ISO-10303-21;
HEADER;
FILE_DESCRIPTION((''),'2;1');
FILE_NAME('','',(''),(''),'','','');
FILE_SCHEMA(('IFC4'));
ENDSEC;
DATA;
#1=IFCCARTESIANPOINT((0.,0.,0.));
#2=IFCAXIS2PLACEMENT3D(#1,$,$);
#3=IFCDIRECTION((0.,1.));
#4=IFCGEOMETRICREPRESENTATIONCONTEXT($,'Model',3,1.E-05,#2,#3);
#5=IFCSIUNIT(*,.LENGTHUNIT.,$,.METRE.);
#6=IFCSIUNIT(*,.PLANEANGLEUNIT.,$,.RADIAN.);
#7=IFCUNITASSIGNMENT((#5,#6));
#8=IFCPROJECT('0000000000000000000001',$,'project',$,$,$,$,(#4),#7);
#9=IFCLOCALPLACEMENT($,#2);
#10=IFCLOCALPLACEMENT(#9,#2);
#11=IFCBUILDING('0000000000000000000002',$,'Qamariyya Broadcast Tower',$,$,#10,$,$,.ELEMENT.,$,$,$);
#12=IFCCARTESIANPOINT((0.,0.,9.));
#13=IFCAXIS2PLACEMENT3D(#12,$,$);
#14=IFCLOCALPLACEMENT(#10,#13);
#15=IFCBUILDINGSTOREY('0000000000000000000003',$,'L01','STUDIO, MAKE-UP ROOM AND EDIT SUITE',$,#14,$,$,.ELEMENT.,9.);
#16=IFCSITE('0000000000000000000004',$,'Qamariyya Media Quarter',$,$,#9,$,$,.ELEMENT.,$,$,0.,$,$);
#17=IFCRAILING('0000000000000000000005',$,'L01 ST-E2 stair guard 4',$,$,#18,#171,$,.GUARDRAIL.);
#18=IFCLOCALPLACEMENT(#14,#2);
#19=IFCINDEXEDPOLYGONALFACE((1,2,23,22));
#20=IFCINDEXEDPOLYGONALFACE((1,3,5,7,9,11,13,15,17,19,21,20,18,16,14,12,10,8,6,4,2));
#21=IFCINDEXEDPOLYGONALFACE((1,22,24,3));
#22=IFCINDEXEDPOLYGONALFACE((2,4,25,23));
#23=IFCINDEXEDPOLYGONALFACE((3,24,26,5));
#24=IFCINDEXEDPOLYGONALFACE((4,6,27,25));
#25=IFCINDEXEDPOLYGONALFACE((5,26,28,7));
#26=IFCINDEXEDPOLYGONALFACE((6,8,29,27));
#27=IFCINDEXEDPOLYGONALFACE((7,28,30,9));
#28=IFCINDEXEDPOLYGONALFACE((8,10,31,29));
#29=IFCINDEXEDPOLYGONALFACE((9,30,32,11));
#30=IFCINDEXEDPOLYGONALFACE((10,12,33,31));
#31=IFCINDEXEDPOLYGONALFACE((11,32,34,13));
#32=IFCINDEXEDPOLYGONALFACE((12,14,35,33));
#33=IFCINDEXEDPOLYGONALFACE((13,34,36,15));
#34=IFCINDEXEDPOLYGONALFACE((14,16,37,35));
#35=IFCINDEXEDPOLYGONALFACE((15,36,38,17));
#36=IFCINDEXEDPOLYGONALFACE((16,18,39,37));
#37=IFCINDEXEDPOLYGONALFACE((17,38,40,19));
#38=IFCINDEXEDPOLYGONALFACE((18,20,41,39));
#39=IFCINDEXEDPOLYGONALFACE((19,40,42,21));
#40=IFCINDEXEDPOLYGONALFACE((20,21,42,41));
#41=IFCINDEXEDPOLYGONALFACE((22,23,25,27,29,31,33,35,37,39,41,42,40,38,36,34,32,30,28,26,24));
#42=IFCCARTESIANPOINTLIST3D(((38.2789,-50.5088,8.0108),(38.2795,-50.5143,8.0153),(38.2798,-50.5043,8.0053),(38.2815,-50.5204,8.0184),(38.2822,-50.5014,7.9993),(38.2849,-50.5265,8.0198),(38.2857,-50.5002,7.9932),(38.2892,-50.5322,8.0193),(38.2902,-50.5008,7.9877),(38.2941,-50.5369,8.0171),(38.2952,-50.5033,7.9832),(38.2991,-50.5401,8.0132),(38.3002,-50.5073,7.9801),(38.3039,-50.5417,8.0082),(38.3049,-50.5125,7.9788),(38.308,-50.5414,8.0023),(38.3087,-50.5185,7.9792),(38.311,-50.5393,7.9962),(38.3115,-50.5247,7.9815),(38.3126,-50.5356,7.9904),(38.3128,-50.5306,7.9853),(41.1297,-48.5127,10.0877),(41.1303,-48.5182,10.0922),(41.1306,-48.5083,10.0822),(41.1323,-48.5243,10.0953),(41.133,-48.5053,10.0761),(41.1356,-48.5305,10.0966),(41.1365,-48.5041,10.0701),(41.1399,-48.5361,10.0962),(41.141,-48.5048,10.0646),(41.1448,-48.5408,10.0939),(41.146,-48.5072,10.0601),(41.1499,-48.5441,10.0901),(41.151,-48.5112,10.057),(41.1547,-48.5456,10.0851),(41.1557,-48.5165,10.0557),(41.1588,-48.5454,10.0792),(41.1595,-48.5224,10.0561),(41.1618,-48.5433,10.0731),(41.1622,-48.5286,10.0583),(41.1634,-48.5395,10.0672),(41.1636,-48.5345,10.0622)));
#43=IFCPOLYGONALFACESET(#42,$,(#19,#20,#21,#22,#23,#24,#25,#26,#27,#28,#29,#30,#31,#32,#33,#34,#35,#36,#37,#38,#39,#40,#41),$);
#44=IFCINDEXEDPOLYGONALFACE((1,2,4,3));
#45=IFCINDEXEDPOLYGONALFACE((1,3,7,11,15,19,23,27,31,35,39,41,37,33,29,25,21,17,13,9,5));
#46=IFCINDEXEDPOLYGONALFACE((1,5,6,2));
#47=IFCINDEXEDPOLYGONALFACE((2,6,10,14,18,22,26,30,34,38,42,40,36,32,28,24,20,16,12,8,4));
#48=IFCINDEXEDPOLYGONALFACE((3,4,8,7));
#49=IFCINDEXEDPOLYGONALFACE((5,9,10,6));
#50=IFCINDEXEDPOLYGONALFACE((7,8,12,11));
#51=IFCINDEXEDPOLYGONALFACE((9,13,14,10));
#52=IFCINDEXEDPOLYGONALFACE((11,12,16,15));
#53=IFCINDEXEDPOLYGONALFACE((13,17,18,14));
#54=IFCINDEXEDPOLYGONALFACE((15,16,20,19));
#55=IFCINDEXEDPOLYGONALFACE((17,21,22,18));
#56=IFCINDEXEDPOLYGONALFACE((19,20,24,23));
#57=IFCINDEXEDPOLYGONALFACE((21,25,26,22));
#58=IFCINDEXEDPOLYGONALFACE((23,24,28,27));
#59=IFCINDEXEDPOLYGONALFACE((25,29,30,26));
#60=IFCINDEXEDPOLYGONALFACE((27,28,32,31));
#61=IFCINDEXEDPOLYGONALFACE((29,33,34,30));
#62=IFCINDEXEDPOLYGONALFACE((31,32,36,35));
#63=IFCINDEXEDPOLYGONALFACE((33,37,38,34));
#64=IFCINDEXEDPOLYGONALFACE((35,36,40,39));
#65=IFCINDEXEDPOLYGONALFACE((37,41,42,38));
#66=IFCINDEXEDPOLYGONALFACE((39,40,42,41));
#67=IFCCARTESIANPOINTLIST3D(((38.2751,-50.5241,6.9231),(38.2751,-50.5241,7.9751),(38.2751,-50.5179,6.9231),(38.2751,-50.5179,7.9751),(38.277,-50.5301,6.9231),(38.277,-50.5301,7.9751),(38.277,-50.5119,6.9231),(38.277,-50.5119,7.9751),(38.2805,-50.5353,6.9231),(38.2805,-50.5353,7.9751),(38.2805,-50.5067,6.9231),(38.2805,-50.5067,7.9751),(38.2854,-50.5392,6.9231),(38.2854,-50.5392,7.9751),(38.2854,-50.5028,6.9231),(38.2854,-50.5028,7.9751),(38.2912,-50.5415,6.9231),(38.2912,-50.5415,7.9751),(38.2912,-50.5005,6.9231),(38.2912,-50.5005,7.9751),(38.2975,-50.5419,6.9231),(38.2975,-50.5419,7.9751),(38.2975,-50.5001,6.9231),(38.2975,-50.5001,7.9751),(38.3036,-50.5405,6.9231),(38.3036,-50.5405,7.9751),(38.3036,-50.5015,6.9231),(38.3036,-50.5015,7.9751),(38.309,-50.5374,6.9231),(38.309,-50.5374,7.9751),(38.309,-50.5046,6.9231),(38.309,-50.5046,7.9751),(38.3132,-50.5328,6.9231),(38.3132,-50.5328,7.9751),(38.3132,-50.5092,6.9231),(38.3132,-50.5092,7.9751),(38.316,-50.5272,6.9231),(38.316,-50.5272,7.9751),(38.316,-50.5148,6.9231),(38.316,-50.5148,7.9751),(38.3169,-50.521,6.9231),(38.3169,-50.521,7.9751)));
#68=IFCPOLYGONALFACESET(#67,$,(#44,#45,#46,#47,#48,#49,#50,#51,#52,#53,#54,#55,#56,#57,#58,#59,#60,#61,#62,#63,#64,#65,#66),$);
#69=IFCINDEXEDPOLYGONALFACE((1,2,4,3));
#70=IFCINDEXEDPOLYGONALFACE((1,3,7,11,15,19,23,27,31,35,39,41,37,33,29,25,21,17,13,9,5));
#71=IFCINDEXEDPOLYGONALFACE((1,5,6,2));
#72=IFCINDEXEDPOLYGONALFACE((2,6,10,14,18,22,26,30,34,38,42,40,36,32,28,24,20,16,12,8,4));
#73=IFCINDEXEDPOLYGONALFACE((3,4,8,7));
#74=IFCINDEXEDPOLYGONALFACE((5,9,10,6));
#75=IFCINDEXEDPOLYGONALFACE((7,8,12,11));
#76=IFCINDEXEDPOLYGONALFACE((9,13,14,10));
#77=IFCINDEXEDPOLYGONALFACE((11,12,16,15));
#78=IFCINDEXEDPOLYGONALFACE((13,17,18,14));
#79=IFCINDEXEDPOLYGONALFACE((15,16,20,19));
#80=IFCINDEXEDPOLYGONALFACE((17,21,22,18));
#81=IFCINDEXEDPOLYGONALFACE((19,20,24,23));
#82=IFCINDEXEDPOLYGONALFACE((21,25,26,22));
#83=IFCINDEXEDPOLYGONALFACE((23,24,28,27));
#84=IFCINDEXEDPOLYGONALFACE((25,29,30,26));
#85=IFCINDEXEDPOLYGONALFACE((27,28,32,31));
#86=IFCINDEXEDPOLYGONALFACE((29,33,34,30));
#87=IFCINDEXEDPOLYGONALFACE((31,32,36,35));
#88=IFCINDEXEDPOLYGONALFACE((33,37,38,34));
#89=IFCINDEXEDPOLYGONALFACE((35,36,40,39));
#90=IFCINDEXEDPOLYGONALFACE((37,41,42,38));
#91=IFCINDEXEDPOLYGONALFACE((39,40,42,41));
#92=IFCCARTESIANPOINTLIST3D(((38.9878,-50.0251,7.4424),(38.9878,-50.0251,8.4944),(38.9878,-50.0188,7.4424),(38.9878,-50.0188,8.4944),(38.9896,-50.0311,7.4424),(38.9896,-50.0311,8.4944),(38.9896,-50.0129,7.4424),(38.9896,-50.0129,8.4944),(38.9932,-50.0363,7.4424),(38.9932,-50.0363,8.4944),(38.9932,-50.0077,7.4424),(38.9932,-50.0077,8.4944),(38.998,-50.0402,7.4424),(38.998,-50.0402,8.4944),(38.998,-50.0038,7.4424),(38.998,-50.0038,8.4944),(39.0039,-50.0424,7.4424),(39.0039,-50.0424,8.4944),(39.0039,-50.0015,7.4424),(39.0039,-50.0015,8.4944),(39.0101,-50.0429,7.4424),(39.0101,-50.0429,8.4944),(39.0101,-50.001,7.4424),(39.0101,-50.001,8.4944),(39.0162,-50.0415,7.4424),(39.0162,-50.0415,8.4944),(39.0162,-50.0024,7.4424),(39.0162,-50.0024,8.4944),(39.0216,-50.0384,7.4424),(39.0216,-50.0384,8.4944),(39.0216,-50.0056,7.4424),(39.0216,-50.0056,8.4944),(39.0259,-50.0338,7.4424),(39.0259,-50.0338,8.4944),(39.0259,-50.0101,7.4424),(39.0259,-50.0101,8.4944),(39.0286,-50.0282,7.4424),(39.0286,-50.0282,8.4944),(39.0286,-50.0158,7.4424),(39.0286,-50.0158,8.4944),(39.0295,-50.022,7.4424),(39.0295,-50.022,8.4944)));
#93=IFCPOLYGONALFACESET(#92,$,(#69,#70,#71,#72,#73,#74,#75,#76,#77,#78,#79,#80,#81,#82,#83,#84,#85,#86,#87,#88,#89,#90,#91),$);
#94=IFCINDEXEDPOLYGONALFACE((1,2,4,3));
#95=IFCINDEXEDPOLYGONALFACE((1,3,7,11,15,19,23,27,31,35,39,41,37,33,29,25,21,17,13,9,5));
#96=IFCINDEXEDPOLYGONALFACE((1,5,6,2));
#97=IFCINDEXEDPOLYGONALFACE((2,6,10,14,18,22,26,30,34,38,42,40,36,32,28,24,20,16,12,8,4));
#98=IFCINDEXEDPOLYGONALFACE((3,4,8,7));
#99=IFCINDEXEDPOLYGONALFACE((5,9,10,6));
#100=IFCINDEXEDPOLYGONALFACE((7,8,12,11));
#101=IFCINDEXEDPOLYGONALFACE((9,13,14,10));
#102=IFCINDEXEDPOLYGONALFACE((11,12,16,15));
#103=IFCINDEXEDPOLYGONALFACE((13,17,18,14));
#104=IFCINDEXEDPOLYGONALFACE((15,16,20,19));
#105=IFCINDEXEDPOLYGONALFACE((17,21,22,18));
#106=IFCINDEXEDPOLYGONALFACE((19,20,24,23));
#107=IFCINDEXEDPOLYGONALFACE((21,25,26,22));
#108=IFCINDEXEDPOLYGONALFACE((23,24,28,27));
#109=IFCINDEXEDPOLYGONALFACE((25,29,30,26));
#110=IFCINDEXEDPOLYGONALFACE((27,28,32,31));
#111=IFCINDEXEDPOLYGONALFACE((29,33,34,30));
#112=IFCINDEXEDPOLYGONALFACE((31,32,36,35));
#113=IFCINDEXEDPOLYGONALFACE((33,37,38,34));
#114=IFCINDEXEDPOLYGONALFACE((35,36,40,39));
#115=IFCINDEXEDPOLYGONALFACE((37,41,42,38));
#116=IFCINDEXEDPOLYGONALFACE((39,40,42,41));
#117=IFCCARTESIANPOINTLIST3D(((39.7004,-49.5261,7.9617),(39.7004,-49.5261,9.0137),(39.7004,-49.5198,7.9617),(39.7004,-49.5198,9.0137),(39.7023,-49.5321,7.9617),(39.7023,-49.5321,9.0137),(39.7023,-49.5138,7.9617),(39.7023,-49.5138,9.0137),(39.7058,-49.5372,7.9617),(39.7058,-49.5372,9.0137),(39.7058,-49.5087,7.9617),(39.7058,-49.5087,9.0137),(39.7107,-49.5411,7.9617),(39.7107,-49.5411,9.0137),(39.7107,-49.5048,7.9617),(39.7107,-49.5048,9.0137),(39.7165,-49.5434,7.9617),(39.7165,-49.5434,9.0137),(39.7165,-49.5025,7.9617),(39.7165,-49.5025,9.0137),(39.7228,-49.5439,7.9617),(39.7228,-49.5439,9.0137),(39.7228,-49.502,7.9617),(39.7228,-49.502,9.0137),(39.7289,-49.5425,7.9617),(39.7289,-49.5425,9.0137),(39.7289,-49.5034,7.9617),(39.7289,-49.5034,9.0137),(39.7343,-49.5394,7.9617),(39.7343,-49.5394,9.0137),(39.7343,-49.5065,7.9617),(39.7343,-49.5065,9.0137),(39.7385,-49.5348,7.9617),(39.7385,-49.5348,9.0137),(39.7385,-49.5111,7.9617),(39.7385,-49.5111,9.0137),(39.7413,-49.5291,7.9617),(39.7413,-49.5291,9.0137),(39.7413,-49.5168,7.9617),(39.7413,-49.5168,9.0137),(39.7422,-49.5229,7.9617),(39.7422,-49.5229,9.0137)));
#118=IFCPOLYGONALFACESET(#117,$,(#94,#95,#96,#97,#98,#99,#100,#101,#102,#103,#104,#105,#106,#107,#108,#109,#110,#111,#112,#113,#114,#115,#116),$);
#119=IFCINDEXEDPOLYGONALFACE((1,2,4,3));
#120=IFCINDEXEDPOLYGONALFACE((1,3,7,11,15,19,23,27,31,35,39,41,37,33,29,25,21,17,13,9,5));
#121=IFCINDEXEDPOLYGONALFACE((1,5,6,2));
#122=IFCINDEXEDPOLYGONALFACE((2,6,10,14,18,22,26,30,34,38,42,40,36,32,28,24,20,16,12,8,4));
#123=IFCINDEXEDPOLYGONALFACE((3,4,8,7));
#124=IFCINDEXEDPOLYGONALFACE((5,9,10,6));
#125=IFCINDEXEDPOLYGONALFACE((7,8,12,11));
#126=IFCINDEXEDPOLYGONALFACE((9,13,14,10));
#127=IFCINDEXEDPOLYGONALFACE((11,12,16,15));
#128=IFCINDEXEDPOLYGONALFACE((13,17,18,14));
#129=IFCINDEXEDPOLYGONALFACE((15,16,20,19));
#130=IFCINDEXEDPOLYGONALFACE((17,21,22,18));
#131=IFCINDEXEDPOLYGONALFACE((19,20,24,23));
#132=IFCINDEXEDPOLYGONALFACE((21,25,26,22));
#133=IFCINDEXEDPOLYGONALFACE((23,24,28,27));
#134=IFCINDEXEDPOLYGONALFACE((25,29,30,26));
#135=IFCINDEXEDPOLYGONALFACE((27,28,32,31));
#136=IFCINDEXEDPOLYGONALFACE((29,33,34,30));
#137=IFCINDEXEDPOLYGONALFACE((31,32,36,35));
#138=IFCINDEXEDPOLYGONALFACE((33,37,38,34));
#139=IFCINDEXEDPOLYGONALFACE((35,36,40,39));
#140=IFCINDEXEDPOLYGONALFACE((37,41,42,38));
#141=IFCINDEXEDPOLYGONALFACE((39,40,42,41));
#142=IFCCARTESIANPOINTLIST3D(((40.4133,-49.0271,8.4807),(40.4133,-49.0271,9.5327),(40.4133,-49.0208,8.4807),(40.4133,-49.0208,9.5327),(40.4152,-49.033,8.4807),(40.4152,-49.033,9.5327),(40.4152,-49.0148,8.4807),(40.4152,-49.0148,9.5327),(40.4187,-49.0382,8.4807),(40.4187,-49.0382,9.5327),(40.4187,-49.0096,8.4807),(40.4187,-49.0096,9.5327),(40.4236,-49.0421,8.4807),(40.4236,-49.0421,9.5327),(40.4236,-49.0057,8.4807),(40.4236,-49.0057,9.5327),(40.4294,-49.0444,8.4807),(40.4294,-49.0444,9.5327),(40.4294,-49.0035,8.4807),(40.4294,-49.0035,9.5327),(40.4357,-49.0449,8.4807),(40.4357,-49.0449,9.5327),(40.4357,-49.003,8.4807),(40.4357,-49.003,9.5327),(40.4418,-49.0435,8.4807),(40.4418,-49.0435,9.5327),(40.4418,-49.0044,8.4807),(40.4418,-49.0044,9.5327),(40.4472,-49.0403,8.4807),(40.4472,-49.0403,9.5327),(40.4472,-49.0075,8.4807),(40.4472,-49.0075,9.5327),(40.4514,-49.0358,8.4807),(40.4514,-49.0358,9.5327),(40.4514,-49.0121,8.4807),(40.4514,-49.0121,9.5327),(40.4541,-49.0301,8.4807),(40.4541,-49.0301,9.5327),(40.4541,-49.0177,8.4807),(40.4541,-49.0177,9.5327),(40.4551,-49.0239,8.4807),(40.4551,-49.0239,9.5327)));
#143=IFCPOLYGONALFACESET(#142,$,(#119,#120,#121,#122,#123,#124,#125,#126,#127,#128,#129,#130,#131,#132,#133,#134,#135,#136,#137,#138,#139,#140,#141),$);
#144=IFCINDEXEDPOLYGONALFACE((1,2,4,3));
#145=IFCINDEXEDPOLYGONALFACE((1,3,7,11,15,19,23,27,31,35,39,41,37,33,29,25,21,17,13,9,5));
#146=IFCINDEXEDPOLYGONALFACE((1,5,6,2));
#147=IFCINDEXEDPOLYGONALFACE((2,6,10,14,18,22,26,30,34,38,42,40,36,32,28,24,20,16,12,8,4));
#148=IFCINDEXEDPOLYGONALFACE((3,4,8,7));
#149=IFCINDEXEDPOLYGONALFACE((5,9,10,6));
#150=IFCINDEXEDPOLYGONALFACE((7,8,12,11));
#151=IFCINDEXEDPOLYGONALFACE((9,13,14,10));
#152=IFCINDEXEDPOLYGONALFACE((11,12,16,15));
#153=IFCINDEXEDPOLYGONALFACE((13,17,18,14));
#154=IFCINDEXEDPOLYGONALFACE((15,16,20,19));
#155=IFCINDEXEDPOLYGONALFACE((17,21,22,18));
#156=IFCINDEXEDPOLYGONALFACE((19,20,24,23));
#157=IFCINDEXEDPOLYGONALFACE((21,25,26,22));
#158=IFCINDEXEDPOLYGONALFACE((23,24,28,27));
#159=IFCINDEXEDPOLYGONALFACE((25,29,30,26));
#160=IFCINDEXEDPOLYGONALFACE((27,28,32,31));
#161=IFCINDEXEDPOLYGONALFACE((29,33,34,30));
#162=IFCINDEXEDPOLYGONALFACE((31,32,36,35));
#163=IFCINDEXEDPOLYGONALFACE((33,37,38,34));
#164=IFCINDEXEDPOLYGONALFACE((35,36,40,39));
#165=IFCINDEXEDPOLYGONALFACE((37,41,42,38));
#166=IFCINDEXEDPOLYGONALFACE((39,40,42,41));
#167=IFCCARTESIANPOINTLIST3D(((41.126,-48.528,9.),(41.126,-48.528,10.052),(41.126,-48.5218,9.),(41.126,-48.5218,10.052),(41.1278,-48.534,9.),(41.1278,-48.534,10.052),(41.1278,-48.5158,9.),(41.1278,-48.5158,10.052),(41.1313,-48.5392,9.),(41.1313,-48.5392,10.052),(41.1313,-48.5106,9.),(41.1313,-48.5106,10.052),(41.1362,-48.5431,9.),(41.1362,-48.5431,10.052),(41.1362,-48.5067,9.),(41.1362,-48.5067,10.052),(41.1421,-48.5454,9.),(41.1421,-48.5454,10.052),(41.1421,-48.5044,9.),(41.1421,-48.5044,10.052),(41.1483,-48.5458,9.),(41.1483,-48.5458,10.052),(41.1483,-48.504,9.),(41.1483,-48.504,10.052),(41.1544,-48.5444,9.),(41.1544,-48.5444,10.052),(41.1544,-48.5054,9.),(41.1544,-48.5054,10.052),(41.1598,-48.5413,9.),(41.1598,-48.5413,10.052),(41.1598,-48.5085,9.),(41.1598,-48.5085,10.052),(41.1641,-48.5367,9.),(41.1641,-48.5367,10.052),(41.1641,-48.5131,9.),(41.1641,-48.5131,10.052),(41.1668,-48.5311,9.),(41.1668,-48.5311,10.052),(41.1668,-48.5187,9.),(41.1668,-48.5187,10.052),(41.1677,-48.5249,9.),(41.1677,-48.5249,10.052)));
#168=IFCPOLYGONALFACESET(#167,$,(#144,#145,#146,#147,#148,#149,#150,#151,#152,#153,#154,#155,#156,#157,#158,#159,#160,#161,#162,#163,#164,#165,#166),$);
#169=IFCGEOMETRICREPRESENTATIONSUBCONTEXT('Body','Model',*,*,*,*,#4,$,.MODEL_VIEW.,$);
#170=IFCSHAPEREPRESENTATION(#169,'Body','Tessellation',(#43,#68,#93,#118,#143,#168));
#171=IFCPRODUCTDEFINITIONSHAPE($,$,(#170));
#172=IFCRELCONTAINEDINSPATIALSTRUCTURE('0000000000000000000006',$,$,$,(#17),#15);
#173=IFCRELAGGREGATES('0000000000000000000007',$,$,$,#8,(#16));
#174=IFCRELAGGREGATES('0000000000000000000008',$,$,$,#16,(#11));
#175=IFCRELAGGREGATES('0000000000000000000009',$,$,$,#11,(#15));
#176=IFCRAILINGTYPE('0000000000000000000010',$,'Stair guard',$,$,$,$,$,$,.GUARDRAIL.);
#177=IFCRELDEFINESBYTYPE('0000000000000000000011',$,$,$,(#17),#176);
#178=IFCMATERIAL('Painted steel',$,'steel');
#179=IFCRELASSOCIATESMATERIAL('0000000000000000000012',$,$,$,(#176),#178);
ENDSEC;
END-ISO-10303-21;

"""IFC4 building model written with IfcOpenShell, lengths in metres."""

from ifc_helpers import new_model, si_unit, direction, frame, origin, origin_2d, place, context, subcontext, project, spatial, circle, extrude, material, type_object, element, save


model = new_model("IFC4")

# Units and contexts
model_context = context("Model", 3, precision=1e-05, world=origin(), true_north=direction((0.0, 1.0)))
body_context = subcontext(model_context, "Body", "Model", "MODEL_VIEW")
ifc_project = project(units=[si_unit("LENGTHUNIT", "METRE"), si_unit("PLANEANGLEUNIT", "RADIAN")], contexts=[model_context])

# Site, building, storey
site_placement = place(None, origin())
site = spatial("IfcSite", under=ifc_project, at=site_placement, Name="Qamariyya Media Quarter", CompositionType="ELEMENT", RefElevation=0.0)
building_placement = place(site_placement, origin())
building = spatial("IfcBuilding", under=site, at=building_placement, Name="Qamariyya Broadcast Tower", CompositionType="ELEMENT")
storey_placement = place(building_placement, frame((0.0, 0.0, 9.0)))
storey = spatial("IfcBuildingStorey", under=building, at=storey_placement, Name="L01", Description="STUDIO, MAKE-UP ROOM AND EDIT SUITE", CompositionType="ELEMENT", Elevation=9.0)

# Railing
ifc_material_1 = material(Name="Painted steel", Category="steel")
railing_type_1 = type_object("IfcRailingType", Name="Stair guard", PredefinedType="GUARDRAIL", material=ifc_material_1)
railing_1_placement = place(storey_placement, frame((38.2959, -50.521, 6.9231)))
element("IfcRailing", 1, at=railing_1_placement, inside=storey, type_object=railing_type_1, Name="L01 ST-E2 stair guard 4", PredefinedType="GUARDRAIL", context=body_context, shape_type="SweptSolid", body=[
    extrude(circle(Radius=0.0239, at=origin_2d()), frame((0.0, 0.0, 1.0762), z_axis=(0.703423, 0.492523, 0.512462), x_axis=(-0.573561, 0.819163, 0.0)), (0.0, 0.0, 1.0), 4.0527),
    extrude(circle(Radius=0.021, at=origin_2d()), origin(), (0.0, 0.0, 1.0), 1.052),
    extrude(circle(Radius=0.021, at=origin_2d()), frame((0.7126, 0.499, 0.5193)), (0.0, 0.0, 1.0), 1.052),
    extrude(circle(Radius=0.021, at=origin_2d()), frame((1.4253, 0.998, 1.0386)), (0.0, 0.0, 1.0), 1.052),
    extrude(circle(Radius=0.021, at=origin_2d()), frame((2.1382, 1.4971, 1.5576)), (0.0, 0.0, 1.0), 1.052),
    extrude(circle(Radius=0.021, at=origin_2d()), frame((2.8508, 1.9961, 2.0769)), (0.0, 0.0, 1.0), 1.052),
])

save(model, "model.ifc")
